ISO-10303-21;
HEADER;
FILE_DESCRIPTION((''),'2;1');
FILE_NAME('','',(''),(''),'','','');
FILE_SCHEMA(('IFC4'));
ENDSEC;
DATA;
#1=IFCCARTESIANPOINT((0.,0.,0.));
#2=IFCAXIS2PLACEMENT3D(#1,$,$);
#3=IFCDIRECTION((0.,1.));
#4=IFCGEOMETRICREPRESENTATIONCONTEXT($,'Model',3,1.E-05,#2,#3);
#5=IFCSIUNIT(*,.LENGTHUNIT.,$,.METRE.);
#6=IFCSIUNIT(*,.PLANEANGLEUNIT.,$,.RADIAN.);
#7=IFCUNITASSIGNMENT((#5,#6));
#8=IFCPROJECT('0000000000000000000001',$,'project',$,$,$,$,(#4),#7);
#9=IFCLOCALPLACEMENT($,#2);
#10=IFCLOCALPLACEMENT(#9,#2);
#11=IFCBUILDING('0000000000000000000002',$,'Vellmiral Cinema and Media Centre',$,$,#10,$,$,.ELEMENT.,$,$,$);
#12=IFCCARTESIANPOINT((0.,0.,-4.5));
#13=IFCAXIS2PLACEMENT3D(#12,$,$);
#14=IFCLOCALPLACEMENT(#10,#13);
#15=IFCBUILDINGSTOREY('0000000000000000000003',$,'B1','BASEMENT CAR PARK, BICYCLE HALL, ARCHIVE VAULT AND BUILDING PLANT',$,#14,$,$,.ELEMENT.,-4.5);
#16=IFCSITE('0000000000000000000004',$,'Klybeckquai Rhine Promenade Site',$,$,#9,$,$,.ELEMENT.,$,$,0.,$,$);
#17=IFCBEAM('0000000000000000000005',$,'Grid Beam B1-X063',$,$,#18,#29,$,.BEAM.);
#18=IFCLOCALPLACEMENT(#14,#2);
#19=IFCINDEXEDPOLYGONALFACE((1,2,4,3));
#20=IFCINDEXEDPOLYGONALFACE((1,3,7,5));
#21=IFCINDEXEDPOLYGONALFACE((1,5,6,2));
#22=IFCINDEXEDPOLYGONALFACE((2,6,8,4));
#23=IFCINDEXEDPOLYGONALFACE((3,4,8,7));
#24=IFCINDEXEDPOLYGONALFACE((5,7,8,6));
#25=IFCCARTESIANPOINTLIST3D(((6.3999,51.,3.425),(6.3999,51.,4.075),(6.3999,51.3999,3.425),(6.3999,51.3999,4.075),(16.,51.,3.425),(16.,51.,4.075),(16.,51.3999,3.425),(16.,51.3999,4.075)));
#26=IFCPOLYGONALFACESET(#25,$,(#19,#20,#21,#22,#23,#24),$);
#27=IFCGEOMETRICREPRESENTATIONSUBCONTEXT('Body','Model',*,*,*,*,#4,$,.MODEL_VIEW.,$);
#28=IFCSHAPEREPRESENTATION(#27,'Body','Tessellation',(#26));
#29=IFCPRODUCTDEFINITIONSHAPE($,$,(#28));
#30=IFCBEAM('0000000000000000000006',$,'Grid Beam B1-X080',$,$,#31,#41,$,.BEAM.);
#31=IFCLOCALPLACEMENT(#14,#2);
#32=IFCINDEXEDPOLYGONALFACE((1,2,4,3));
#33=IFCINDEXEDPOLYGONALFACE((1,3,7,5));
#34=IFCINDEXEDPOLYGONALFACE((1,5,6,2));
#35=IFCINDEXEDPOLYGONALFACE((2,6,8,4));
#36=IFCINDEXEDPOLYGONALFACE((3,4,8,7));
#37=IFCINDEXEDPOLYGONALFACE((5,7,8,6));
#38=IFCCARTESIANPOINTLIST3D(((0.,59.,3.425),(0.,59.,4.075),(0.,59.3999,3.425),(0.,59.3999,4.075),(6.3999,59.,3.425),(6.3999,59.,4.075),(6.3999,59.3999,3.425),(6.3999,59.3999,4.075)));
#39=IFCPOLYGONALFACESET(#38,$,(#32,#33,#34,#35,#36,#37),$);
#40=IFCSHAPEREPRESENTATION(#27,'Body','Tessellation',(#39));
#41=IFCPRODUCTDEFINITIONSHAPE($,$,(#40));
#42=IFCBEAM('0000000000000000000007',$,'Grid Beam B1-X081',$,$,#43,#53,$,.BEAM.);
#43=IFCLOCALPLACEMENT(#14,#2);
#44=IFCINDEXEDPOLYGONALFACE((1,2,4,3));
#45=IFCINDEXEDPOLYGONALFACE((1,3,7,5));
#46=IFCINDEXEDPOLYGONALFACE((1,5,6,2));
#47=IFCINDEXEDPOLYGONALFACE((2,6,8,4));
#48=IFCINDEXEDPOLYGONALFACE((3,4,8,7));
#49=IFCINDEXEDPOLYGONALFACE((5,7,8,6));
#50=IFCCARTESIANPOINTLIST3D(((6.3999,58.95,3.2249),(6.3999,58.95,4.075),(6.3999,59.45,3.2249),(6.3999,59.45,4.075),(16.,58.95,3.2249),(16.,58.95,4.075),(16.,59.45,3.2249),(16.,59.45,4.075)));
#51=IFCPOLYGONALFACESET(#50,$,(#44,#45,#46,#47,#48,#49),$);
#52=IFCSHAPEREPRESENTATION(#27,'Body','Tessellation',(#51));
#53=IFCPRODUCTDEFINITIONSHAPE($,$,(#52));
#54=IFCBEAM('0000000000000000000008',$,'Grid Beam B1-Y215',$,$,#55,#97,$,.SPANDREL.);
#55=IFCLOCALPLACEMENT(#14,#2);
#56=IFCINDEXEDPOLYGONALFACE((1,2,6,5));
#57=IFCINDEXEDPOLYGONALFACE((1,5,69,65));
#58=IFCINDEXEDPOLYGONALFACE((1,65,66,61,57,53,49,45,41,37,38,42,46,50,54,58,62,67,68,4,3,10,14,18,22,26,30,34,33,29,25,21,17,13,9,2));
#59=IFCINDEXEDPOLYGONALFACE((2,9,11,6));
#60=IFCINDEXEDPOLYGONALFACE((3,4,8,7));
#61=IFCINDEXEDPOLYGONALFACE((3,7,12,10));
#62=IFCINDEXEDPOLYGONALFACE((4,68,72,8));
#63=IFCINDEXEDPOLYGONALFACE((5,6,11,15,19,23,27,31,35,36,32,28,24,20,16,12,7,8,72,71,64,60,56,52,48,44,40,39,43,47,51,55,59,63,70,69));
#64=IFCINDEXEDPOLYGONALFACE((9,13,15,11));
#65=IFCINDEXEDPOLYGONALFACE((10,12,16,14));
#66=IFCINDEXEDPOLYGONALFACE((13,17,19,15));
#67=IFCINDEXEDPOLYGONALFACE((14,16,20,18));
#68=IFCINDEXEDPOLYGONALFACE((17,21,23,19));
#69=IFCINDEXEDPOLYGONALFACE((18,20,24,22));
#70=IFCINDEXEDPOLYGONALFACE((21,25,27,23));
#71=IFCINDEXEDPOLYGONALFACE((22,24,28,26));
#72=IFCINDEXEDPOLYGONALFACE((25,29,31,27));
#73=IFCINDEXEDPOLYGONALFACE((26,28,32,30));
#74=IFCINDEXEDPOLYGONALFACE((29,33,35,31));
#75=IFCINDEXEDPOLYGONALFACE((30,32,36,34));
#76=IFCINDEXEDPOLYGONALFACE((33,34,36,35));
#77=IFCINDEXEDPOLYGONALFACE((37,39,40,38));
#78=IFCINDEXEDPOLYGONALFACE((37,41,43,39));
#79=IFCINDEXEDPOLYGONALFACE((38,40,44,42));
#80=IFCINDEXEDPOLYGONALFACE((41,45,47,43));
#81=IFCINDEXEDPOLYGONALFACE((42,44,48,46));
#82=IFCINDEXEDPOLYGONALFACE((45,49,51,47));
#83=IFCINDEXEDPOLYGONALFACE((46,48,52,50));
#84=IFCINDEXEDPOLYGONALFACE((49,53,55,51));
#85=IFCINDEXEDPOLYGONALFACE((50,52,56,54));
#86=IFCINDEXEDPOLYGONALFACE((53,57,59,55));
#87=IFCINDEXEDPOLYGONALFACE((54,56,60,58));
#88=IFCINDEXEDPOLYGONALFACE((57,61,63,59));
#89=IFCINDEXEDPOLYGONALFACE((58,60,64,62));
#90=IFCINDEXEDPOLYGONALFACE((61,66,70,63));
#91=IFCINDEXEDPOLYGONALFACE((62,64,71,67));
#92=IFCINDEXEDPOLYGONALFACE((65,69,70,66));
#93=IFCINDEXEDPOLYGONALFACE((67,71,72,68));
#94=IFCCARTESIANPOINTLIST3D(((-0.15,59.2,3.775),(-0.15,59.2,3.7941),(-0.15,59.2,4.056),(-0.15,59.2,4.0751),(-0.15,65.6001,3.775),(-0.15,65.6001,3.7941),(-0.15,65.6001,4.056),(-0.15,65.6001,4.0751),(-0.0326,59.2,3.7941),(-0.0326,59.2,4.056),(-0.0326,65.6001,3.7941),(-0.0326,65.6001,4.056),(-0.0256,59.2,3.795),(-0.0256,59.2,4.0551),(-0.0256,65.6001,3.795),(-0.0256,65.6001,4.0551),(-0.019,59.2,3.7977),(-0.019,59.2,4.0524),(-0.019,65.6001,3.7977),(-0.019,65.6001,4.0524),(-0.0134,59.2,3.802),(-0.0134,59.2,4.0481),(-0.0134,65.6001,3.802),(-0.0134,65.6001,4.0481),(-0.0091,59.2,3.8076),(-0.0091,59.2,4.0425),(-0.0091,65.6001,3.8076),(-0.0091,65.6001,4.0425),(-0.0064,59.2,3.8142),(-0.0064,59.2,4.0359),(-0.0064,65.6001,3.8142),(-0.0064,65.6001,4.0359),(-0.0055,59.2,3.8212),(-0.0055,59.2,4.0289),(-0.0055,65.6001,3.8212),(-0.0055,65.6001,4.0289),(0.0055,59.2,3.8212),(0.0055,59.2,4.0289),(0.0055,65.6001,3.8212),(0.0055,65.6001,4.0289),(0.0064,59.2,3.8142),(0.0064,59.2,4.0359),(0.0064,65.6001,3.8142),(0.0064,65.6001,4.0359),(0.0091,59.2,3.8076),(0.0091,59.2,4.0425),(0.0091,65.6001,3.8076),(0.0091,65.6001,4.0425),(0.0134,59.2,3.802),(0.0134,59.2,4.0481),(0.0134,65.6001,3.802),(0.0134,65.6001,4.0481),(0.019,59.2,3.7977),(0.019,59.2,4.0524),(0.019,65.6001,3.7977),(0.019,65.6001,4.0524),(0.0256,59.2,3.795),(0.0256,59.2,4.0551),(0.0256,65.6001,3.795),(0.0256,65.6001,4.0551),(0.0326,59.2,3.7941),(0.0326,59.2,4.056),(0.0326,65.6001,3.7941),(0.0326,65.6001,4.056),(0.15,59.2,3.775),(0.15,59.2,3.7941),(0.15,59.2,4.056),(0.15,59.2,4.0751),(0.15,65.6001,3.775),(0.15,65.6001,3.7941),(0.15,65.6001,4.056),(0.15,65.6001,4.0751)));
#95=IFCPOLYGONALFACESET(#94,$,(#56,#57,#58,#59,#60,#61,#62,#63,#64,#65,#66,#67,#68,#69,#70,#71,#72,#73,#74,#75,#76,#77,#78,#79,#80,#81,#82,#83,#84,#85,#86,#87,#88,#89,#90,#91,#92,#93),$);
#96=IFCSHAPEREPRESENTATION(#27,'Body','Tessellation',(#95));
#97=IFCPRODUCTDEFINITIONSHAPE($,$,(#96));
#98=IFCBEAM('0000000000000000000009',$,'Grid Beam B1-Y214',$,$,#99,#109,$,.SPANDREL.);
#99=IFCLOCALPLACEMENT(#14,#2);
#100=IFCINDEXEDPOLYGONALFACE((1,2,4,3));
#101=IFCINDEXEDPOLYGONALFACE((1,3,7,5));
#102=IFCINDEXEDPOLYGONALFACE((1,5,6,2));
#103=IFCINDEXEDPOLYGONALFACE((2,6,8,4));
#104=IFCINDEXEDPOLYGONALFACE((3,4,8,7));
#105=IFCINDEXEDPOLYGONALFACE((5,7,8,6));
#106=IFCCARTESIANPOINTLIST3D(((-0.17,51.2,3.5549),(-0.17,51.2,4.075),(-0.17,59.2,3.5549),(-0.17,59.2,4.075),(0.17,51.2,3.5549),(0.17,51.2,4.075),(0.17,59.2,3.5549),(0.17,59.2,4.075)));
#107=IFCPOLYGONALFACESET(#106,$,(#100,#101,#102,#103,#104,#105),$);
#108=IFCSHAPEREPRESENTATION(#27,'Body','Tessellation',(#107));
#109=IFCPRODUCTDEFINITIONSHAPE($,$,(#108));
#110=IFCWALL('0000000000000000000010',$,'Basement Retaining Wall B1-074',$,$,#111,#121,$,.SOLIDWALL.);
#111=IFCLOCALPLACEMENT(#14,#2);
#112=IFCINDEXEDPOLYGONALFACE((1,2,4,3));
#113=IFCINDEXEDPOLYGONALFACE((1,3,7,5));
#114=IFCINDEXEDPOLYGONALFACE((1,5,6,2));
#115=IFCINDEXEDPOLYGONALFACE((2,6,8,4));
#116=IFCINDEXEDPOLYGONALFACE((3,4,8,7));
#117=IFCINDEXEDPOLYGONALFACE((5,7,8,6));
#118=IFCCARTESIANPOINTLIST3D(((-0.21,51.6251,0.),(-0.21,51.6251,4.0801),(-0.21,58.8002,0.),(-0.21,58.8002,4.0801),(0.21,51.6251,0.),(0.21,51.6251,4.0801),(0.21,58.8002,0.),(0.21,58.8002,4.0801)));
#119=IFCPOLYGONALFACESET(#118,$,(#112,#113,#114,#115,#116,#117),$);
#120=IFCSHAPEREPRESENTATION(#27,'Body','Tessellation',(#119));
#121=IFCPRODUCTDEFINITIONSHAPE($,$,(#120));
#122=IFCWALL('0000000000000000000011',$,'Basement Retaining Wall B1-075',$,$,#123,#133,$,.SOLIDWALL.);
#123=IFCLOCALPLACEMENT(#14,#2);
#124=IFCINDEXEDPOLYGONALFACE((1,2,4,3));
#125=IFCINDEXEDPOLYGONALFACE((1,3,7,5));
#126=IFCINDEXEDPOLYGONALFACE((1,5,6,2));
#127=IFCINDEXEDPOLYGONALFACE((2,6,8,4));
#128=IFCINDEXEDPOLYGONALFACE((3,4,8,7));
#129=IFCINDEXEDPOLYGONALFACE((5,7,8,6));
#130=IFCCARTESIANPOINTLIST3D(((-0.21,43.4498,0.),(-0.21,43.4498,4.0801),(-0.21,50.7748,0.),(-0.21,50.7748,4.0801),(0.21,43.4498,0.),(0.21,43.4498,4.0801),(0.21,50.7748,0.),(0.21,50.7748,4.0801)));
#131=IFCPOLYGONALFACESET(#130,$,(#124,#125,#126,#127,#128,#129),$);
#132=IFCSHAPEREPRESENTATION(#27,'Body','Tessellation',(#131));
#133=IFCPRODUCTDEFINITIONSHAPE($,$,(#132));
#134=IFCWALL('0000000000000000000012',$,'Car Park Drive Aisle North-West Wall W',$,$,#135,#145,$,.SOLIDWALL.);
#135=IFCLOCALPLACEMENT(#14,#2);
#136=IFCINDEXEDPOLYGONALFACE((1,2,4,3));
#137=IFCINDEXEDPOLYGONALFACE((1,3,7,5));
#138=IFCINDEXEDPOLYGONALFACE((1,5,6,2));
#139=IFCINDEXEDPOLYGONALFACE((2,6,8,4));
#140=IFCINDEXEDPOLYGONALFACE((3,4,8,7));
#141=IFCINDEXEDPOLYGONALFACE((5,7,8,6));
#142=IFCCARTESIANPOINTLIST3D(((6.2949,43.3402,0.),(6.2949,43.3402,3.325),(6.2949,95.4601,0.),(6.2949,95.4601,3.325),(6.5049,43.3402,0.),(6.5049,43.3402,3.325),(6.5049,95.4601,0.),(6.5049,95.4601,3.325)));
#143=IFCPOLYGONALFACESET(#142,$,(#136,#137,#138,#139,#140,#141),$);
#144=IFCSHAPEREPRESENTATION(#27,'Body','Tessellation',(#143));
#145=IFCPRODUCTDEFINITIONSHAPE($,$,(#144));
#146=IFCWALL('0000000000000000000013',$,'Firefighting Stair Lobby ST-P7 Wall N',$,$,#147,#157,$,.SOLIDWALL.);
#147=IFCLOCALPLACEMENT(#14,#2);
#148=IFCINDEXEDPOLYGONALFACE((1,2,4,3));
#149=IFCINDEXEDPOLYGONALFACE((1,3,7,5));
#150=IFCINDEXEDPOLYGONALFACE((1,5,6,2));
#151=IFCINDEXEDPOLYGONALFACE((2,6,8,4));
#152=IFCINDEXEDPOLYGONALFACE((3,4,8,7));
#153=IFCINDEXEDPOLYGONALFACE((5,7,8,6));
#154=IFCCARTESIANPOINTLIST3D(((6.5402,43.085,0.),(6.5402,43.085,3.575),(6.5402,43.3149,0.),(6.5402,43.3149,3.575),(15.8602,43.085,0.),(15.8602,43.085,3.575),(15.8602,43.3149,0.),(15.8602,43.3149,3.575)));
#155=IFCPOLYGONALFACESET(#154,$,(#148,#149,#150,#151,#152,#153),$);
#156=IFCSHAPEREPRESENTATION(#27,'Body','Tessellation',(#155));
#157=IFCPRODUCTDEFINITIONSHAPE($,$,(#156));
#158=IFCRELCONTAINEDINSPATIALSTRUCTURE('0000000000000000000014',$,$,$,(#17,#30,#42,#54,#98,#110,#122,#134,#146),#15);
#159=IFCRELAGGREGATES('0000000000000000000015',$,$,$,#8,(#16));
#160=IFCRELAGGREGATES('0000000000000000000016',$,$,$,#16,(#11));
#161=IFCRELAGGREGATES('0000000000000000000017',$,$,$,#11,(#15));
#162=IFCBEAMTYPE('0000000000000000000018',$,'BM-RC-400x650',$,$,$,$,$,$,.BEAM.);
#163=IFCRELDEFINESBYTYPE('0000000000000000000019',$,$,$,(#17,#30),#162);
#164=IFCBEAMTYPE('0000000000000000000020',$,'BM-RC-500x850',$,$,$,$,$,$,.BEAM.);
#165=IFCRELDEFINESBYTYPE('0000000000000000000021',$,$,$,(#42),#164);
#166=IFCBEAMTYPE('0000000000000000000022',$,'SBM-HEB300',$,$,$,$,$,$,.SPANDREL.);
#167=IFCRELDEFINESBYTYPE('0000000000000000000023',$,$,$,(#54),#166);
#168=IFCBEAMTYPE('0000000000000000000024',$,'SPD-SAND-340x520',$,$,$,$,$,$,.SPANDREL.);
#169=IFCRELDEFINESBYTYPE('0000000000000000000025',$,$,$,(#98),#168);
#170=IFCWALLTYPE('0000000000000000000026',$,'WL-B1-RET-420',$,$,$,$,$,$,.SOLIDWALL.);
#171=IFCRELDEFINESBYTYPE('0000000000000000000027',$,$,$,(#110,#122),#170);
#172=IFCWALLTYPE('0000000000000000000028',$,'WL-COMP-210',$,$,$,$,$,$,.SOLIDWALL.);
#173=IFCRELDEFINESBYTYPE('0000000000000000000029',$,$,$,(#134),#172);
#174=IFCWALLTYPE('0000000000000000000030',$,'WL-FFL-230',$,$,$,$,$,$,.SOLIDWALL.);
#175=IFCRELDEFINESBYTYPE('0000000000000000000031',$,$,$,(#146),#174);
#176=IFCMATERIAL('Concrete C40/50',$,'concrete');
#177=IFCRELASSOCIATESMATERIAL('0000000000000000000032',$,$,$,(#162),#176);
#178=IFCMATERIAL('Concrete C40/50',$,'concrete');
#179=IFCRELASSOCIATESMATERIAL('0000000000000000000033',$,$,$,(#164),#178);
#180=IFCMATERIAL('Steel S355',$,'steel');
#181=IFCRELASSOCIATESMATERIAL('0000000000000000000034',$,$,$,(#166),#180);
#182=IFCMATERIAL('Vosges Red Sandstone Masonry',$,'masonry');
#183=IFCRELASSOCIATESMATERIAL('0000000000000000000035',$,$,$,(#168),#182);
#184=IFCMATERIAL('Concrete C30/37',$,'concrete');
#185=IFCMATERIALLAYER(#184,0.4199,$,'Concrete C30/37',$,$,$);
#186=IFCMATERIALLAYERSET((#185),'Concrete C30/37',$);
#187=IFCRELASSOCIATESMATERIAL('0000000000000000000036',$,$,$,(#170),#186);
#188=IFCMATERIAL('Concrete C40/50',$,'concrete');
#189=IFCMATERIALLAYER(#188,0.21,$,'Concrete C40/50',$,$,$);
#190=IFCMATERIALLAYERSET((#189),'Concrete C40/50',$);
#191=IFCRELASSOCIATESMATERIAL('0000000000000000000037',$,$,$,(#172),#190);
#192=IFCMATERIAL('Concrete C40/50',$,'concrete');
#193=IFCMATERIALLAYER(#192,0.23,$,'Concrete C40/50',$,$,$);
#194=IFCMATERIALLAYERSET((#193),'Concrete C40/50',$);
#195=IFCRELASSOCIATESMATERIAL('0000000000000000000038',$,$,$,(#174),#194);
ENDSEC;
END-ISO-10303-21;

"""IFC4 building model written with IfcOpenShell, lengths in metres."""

from ifc_helpers import new_model, si_unit, direction, frame, frame_2d, origin, origin_2d, place, context, subcontext, project, spatial, rectangle, i_section, extrude, material, layer, layer_set, material_profile, profile_set, type_object, element, save


model = new_model("IFC4")

# Units and contexts
model_context = context("Model", 3, precision=1e-05, world=origin(), true_north=direction((0.0, 1.0)))
body_context = subcontext(model_context, "Body", "Model", "MODEL_VIEW")
ifc_project = project(units=[si_unit("LENGTHUNIT", "METRE"), si_unit("PLANEANGLEUNIT", "RADIAN")], contexts=[model_context])

# Site, building, storey
site_placement = place(None, origin())
site = spatial("IfcSite", under=ifc_project, at=site_placement, Name="Klybeckquai Rhine Promenade Site", CompositionType="ELEMENT", RefElevation=0.0)
building_placement = place(site_placement, origin())
building = spatial("IfcBuilding", under=site, at=building_placement, Name="Vellmiral Cinema and Media Centre", CompositionType="ELEMENT")
storey_placement = place(building_placement, frame((0.0, 0.0, -4.5)))
storey = spatial("IfcBuildingStorey", under=building, at=storey_placement, Name="B1", Description="BASEMENT CAR PARK, BICYCLE HALL, ARCHIVE VAULT AND BUILDING PLANT", CompositionType="ELEMENT", Elevation=-4.5)

# Beams
ifc_material_1 = material(Name="Concrete C40/50", Category="concrete")
ifc_material_profile_1 = material_profile(ifc_material_1, rectangle(XDim=0.3999, YDim=0.6499, at=origin_2d()), Name="RC 400x650")
ifc_profile_set_1 = profile_set([ifc_material_profile_1], Name="Concrete C40/50")
beam_type_1 = type_object("IfcBeamType", Name="BM-RC-400x650", PredefinedType="BEAM", material=ifc_profile_set_1)
beam_1_placement = place(storey_placement, frame((6.3999, 51.2, 3.75), z_axis=(1.0, 0.0, 0.0), x_axis=(0.0, 1.0, 0.0)))
element("IfcBeam", 1, at=beam_1_placement, inside=storey, type_object=beam_type_1, Name="Grid Beam B1-X063", PredefinedType="BEAM", context=body_context, shape_type="SweptSolid", body=[
    extrude(rectangle(XDim=0.3999, YDim=0.6499, at=origin_2d()), origin(), (0.0, 0.0, 1.0), 9.6001),
])
beam_2_placement = place(storey_placement, frame((0.0, 59.2, 3.75), z_axis=(1.0, 0.0, 0.0), x_axis=(0.0, 1.0, 0.0)))
element("IfcBeam", 2, at=beam_2_placement, inside=storey, type_object=beam_type_1, Name="Grid Beam B1-X080", PredefinedType="BEAM", context=body_context, shape_type="SweptSolid", body=[
    extrude(rectangle(XDim=0.3999, YDim=0.6499, at=origin_2d()), origin(), (0.0, 0.0, 1.0), 6.3999),
])
ifc_material_2 = material(Name="Concrete C40/50", Category="concrete")
ifc_material_profile_2 = material_profile(ifc_material_2, rectangle(XDim=0.5, YDim=0.8501, at=origin_2d()), Name="RC 500x850")
ifc_profile_set_2 = profile_set([ifc_material_profile_2], Name="Concrete C40/50")
beam_type_2 = type_object("IfcBeamType", Name="BM-RC-500x850", PredefinedType="BEAM", material=ifc_profile_set_2)
beam_3_placement = place(storey_placement, frame((6.3999, 59.2, 3.6499), z_axis=(1.0, 0.0, 0.0), x_axis=(0.0, 1.0, 0.0)))
element("IfcBeam", 3, at=beam_3_placement, inside=storey, type_object=beam_type_2, Name="Grid Beam B1-X081", PredefinedType="BEAM", context=body_context, shape_type="SweptSolid", body=[
    extrude(rectangle(XDim=0.5, YDim=0.8501, at=origin_2d()), origin(), (0.0, 0.0, 1.0), 9.6001),
])
ifc_material_3 = material(Name="Steel S355", Category="steel")
ifc_material_profile_3 = material_profile(ifc_material_3, i_section(OverallWidth=0.3, OverallDepth=0.3, WebThickness=0.011, FlangeThickness=0.019, FilletRadius=0.0271, at=origin_2d()), Name="HEB 300")
ifc_profile_set_3 = profile_set([ifc_material_profile_3], Name="Steel S355")
beam_type_3 = type_object("IfcBeamType", Name="SBM-HEB300", PredefinedType="SPANDREL", material=ifc_profile_set_3)
beam_4_placement = place(storey_placement, frame((0.0, 59.2, 3.925), z_axis=(0.0, 1.0, 0.0), x_axis=(-1.0, 0.0, 0.0)))
element("IfcBeam", 4, at=beam_4_placement, inside=storey, type_object=beam_type_3, Name="Grid Beam B1-Y215", PredefinedType="SPANDREL", context=body_context, shape_type="SweptSolid", body=[
    extrude(i_section(OverallWidth=0.3, OverallDepth=0.3, WebThickness=0.011, FlangeThickness=0.019, FilletRadius=0.0271, at=origin_2d()), origin(), (0.0, 0.0, 1.0), 6.4001),
])
ifc_material_4 = material(Name="Vosges Red Sandstone Masonry", Category="masonry")
ifc_material_profile_4 = material_profile(ifc_material_4, rectangle(XDim=0.3401, YDim=0.52, at=origin_2d()), Name="SAND 340x520")
ifc_profile_set_4 = profile_set([ifc_material_profile_4], Name="Vosges Red Sandstone Masonry")
beam_type_4 = type_object("IfcBeamType", Name="SPD-SAND-340x520", PredefinedType="SPANDREL", material=ifc_profile_set_4)
beam_5_placement = place(storey_placement, frame((0.0, 51.2, 3.8149), z_axis=(0.0, 1.0, 0.0), x_axis=(-1.0, 0.0, 0.0)))
element("IfcBeam", 5, at=beam_5_placement, inside=storey, type_object=beam_type_4, Name="Grid Beam B1-Y214", PredefinedType="SPANDREL", context=body_context, shape_type="SweptSolid", body=[
    extrude(rectangle(XDim=0.3401, YDim=0.52, at=origin_2d()), origin(), (0.0, 0.0, 1.0), 8.0),
])

# Walls
ifc_material_5 = material(Name="Concrete C30/37", Category="concrete")
ifc_layer_1 = layer(ifc_material_5, 0.4199, Name="Concrete C30/37")
ifc_layer_set_1 = layer_set([ifc_layer_1], Name="Concrete C30/37")
wall_type_1 = type_object("IfcWallType", Name="WL-B1-RET-420", PredefinedType="SOLIDWALL", material=ifc_layer_set_1)
wall_1_placement = place(storey_placement, frame((0.0, 58.8, 0.0), z_axis=(0.0, 0.0, 1.0), x_axis=(0.0, -1.0, 0.0)))
element("IfcWall", 6, at=wall_1_placement, inside=storey, type_object=wall_type_1, Name="Basement Retaining Wall B1-074", PredefinedType="SOLIDWALL", context=body_context, shape_type="SweptSolid", body=[
    extrude(rectangle(XDim=7.175, YDim=0.4199, at=frame_2d((3.5874, 0.0))), origin(), (0.0, 0.0, 1.0), 4.0801),
])
wall_2_placement = place(storey_placement, frame((0.0, 50.7749, 0.0), z_axis=(0.0, 0.0, 1.0), x_axis=(0.0, -1.0, 0.0)))
element("IfcWall", 7, at=wall_2_placement, inside=storey, type_object=wall_type_1, Name="Basement Retaining Wall B1-075", PredefinedType="SOLIDWALL", context=body_context, shape_type="SweptSolid", body=[
    extrude(rectangle(XDim=7.325, YDim=0.4199, at=frame_2d((3.6626, 0.0))), origin(), (0.0, 0.0, 1.0), 4.0801),
])
ifc_material_6 = material(Name="Concrete C40/50", Category="concrete")
ifc_layer_2 = layer(ifc_material_6, 0.21, Name="Concrete C40/50")
ifc_layer_set_2 = layer_set([ifc_layer_2], Name="Concrete C40/50")
wall_type_2 = type_object("IfcWallType", Name="WL-COMP-210", PredefinedType="SOLIDWALL", material=ifc_layer_set_2)
wall_3_placement = place(storey_placement, frame((6.3999, 43.3401, 0.0), z_axis=(0.0, 0.0, 1.0), x_axis=(0.0, 1.0, 0.0)))
element("IfcWall", 8, at=wall_3_placement, inside=storey, type_object=wall_type_2, Name="Car Park Drive Aisle North-West Wall W", PredefinedType="SOLIDWALL", context=body_context, shape_type="SweptSolid", body=[
    extrude(rectangle(XDim=52.1199, YDim=0.21, at=frame_2d((26.0601, 0.0))), origin(), (0.0, 0.0, 1.0), 3.325),
])
ifc_material_7 = material(Name="Concrete C40/50", Category="concrete")
ifc_layer_3 = layer(ifc_material_7, 0.23, Name="Concrete C40/50")
ifc_layer_set_3 = layer_set([ifc_layer_3], Name="Concrete C40/50")
wall_type_3 = type_object("IfcWallType", Name="WL-FFL-230", PredefinedType="SOLIDWALL", material=ifc_layer_set_3)
wall_4_placement = place(storey_placement, frame((6.54, 43.2, 0.0), z_axis=(0.0, 0.0, 1.0), x_axis=(1.0, 0.0, 0.0)))
element("IfcWall", 9, at=wall_4_placement, inside=storey, type_object=wall_type_3, Name="Firefighting Stair Lobby ST-P7 Wall N", PredefinedType="SOLIDWALL", context=body_context, shape_type="SweptSolid", body=[
    extrude(rectangle(XDim=9.3201, YDim=0.23, at=frame_2d((4.6602, 0.0))), origin(), (0.0, 0.0, 1.0), 3.575),
])

save(model, "model.ifc")
